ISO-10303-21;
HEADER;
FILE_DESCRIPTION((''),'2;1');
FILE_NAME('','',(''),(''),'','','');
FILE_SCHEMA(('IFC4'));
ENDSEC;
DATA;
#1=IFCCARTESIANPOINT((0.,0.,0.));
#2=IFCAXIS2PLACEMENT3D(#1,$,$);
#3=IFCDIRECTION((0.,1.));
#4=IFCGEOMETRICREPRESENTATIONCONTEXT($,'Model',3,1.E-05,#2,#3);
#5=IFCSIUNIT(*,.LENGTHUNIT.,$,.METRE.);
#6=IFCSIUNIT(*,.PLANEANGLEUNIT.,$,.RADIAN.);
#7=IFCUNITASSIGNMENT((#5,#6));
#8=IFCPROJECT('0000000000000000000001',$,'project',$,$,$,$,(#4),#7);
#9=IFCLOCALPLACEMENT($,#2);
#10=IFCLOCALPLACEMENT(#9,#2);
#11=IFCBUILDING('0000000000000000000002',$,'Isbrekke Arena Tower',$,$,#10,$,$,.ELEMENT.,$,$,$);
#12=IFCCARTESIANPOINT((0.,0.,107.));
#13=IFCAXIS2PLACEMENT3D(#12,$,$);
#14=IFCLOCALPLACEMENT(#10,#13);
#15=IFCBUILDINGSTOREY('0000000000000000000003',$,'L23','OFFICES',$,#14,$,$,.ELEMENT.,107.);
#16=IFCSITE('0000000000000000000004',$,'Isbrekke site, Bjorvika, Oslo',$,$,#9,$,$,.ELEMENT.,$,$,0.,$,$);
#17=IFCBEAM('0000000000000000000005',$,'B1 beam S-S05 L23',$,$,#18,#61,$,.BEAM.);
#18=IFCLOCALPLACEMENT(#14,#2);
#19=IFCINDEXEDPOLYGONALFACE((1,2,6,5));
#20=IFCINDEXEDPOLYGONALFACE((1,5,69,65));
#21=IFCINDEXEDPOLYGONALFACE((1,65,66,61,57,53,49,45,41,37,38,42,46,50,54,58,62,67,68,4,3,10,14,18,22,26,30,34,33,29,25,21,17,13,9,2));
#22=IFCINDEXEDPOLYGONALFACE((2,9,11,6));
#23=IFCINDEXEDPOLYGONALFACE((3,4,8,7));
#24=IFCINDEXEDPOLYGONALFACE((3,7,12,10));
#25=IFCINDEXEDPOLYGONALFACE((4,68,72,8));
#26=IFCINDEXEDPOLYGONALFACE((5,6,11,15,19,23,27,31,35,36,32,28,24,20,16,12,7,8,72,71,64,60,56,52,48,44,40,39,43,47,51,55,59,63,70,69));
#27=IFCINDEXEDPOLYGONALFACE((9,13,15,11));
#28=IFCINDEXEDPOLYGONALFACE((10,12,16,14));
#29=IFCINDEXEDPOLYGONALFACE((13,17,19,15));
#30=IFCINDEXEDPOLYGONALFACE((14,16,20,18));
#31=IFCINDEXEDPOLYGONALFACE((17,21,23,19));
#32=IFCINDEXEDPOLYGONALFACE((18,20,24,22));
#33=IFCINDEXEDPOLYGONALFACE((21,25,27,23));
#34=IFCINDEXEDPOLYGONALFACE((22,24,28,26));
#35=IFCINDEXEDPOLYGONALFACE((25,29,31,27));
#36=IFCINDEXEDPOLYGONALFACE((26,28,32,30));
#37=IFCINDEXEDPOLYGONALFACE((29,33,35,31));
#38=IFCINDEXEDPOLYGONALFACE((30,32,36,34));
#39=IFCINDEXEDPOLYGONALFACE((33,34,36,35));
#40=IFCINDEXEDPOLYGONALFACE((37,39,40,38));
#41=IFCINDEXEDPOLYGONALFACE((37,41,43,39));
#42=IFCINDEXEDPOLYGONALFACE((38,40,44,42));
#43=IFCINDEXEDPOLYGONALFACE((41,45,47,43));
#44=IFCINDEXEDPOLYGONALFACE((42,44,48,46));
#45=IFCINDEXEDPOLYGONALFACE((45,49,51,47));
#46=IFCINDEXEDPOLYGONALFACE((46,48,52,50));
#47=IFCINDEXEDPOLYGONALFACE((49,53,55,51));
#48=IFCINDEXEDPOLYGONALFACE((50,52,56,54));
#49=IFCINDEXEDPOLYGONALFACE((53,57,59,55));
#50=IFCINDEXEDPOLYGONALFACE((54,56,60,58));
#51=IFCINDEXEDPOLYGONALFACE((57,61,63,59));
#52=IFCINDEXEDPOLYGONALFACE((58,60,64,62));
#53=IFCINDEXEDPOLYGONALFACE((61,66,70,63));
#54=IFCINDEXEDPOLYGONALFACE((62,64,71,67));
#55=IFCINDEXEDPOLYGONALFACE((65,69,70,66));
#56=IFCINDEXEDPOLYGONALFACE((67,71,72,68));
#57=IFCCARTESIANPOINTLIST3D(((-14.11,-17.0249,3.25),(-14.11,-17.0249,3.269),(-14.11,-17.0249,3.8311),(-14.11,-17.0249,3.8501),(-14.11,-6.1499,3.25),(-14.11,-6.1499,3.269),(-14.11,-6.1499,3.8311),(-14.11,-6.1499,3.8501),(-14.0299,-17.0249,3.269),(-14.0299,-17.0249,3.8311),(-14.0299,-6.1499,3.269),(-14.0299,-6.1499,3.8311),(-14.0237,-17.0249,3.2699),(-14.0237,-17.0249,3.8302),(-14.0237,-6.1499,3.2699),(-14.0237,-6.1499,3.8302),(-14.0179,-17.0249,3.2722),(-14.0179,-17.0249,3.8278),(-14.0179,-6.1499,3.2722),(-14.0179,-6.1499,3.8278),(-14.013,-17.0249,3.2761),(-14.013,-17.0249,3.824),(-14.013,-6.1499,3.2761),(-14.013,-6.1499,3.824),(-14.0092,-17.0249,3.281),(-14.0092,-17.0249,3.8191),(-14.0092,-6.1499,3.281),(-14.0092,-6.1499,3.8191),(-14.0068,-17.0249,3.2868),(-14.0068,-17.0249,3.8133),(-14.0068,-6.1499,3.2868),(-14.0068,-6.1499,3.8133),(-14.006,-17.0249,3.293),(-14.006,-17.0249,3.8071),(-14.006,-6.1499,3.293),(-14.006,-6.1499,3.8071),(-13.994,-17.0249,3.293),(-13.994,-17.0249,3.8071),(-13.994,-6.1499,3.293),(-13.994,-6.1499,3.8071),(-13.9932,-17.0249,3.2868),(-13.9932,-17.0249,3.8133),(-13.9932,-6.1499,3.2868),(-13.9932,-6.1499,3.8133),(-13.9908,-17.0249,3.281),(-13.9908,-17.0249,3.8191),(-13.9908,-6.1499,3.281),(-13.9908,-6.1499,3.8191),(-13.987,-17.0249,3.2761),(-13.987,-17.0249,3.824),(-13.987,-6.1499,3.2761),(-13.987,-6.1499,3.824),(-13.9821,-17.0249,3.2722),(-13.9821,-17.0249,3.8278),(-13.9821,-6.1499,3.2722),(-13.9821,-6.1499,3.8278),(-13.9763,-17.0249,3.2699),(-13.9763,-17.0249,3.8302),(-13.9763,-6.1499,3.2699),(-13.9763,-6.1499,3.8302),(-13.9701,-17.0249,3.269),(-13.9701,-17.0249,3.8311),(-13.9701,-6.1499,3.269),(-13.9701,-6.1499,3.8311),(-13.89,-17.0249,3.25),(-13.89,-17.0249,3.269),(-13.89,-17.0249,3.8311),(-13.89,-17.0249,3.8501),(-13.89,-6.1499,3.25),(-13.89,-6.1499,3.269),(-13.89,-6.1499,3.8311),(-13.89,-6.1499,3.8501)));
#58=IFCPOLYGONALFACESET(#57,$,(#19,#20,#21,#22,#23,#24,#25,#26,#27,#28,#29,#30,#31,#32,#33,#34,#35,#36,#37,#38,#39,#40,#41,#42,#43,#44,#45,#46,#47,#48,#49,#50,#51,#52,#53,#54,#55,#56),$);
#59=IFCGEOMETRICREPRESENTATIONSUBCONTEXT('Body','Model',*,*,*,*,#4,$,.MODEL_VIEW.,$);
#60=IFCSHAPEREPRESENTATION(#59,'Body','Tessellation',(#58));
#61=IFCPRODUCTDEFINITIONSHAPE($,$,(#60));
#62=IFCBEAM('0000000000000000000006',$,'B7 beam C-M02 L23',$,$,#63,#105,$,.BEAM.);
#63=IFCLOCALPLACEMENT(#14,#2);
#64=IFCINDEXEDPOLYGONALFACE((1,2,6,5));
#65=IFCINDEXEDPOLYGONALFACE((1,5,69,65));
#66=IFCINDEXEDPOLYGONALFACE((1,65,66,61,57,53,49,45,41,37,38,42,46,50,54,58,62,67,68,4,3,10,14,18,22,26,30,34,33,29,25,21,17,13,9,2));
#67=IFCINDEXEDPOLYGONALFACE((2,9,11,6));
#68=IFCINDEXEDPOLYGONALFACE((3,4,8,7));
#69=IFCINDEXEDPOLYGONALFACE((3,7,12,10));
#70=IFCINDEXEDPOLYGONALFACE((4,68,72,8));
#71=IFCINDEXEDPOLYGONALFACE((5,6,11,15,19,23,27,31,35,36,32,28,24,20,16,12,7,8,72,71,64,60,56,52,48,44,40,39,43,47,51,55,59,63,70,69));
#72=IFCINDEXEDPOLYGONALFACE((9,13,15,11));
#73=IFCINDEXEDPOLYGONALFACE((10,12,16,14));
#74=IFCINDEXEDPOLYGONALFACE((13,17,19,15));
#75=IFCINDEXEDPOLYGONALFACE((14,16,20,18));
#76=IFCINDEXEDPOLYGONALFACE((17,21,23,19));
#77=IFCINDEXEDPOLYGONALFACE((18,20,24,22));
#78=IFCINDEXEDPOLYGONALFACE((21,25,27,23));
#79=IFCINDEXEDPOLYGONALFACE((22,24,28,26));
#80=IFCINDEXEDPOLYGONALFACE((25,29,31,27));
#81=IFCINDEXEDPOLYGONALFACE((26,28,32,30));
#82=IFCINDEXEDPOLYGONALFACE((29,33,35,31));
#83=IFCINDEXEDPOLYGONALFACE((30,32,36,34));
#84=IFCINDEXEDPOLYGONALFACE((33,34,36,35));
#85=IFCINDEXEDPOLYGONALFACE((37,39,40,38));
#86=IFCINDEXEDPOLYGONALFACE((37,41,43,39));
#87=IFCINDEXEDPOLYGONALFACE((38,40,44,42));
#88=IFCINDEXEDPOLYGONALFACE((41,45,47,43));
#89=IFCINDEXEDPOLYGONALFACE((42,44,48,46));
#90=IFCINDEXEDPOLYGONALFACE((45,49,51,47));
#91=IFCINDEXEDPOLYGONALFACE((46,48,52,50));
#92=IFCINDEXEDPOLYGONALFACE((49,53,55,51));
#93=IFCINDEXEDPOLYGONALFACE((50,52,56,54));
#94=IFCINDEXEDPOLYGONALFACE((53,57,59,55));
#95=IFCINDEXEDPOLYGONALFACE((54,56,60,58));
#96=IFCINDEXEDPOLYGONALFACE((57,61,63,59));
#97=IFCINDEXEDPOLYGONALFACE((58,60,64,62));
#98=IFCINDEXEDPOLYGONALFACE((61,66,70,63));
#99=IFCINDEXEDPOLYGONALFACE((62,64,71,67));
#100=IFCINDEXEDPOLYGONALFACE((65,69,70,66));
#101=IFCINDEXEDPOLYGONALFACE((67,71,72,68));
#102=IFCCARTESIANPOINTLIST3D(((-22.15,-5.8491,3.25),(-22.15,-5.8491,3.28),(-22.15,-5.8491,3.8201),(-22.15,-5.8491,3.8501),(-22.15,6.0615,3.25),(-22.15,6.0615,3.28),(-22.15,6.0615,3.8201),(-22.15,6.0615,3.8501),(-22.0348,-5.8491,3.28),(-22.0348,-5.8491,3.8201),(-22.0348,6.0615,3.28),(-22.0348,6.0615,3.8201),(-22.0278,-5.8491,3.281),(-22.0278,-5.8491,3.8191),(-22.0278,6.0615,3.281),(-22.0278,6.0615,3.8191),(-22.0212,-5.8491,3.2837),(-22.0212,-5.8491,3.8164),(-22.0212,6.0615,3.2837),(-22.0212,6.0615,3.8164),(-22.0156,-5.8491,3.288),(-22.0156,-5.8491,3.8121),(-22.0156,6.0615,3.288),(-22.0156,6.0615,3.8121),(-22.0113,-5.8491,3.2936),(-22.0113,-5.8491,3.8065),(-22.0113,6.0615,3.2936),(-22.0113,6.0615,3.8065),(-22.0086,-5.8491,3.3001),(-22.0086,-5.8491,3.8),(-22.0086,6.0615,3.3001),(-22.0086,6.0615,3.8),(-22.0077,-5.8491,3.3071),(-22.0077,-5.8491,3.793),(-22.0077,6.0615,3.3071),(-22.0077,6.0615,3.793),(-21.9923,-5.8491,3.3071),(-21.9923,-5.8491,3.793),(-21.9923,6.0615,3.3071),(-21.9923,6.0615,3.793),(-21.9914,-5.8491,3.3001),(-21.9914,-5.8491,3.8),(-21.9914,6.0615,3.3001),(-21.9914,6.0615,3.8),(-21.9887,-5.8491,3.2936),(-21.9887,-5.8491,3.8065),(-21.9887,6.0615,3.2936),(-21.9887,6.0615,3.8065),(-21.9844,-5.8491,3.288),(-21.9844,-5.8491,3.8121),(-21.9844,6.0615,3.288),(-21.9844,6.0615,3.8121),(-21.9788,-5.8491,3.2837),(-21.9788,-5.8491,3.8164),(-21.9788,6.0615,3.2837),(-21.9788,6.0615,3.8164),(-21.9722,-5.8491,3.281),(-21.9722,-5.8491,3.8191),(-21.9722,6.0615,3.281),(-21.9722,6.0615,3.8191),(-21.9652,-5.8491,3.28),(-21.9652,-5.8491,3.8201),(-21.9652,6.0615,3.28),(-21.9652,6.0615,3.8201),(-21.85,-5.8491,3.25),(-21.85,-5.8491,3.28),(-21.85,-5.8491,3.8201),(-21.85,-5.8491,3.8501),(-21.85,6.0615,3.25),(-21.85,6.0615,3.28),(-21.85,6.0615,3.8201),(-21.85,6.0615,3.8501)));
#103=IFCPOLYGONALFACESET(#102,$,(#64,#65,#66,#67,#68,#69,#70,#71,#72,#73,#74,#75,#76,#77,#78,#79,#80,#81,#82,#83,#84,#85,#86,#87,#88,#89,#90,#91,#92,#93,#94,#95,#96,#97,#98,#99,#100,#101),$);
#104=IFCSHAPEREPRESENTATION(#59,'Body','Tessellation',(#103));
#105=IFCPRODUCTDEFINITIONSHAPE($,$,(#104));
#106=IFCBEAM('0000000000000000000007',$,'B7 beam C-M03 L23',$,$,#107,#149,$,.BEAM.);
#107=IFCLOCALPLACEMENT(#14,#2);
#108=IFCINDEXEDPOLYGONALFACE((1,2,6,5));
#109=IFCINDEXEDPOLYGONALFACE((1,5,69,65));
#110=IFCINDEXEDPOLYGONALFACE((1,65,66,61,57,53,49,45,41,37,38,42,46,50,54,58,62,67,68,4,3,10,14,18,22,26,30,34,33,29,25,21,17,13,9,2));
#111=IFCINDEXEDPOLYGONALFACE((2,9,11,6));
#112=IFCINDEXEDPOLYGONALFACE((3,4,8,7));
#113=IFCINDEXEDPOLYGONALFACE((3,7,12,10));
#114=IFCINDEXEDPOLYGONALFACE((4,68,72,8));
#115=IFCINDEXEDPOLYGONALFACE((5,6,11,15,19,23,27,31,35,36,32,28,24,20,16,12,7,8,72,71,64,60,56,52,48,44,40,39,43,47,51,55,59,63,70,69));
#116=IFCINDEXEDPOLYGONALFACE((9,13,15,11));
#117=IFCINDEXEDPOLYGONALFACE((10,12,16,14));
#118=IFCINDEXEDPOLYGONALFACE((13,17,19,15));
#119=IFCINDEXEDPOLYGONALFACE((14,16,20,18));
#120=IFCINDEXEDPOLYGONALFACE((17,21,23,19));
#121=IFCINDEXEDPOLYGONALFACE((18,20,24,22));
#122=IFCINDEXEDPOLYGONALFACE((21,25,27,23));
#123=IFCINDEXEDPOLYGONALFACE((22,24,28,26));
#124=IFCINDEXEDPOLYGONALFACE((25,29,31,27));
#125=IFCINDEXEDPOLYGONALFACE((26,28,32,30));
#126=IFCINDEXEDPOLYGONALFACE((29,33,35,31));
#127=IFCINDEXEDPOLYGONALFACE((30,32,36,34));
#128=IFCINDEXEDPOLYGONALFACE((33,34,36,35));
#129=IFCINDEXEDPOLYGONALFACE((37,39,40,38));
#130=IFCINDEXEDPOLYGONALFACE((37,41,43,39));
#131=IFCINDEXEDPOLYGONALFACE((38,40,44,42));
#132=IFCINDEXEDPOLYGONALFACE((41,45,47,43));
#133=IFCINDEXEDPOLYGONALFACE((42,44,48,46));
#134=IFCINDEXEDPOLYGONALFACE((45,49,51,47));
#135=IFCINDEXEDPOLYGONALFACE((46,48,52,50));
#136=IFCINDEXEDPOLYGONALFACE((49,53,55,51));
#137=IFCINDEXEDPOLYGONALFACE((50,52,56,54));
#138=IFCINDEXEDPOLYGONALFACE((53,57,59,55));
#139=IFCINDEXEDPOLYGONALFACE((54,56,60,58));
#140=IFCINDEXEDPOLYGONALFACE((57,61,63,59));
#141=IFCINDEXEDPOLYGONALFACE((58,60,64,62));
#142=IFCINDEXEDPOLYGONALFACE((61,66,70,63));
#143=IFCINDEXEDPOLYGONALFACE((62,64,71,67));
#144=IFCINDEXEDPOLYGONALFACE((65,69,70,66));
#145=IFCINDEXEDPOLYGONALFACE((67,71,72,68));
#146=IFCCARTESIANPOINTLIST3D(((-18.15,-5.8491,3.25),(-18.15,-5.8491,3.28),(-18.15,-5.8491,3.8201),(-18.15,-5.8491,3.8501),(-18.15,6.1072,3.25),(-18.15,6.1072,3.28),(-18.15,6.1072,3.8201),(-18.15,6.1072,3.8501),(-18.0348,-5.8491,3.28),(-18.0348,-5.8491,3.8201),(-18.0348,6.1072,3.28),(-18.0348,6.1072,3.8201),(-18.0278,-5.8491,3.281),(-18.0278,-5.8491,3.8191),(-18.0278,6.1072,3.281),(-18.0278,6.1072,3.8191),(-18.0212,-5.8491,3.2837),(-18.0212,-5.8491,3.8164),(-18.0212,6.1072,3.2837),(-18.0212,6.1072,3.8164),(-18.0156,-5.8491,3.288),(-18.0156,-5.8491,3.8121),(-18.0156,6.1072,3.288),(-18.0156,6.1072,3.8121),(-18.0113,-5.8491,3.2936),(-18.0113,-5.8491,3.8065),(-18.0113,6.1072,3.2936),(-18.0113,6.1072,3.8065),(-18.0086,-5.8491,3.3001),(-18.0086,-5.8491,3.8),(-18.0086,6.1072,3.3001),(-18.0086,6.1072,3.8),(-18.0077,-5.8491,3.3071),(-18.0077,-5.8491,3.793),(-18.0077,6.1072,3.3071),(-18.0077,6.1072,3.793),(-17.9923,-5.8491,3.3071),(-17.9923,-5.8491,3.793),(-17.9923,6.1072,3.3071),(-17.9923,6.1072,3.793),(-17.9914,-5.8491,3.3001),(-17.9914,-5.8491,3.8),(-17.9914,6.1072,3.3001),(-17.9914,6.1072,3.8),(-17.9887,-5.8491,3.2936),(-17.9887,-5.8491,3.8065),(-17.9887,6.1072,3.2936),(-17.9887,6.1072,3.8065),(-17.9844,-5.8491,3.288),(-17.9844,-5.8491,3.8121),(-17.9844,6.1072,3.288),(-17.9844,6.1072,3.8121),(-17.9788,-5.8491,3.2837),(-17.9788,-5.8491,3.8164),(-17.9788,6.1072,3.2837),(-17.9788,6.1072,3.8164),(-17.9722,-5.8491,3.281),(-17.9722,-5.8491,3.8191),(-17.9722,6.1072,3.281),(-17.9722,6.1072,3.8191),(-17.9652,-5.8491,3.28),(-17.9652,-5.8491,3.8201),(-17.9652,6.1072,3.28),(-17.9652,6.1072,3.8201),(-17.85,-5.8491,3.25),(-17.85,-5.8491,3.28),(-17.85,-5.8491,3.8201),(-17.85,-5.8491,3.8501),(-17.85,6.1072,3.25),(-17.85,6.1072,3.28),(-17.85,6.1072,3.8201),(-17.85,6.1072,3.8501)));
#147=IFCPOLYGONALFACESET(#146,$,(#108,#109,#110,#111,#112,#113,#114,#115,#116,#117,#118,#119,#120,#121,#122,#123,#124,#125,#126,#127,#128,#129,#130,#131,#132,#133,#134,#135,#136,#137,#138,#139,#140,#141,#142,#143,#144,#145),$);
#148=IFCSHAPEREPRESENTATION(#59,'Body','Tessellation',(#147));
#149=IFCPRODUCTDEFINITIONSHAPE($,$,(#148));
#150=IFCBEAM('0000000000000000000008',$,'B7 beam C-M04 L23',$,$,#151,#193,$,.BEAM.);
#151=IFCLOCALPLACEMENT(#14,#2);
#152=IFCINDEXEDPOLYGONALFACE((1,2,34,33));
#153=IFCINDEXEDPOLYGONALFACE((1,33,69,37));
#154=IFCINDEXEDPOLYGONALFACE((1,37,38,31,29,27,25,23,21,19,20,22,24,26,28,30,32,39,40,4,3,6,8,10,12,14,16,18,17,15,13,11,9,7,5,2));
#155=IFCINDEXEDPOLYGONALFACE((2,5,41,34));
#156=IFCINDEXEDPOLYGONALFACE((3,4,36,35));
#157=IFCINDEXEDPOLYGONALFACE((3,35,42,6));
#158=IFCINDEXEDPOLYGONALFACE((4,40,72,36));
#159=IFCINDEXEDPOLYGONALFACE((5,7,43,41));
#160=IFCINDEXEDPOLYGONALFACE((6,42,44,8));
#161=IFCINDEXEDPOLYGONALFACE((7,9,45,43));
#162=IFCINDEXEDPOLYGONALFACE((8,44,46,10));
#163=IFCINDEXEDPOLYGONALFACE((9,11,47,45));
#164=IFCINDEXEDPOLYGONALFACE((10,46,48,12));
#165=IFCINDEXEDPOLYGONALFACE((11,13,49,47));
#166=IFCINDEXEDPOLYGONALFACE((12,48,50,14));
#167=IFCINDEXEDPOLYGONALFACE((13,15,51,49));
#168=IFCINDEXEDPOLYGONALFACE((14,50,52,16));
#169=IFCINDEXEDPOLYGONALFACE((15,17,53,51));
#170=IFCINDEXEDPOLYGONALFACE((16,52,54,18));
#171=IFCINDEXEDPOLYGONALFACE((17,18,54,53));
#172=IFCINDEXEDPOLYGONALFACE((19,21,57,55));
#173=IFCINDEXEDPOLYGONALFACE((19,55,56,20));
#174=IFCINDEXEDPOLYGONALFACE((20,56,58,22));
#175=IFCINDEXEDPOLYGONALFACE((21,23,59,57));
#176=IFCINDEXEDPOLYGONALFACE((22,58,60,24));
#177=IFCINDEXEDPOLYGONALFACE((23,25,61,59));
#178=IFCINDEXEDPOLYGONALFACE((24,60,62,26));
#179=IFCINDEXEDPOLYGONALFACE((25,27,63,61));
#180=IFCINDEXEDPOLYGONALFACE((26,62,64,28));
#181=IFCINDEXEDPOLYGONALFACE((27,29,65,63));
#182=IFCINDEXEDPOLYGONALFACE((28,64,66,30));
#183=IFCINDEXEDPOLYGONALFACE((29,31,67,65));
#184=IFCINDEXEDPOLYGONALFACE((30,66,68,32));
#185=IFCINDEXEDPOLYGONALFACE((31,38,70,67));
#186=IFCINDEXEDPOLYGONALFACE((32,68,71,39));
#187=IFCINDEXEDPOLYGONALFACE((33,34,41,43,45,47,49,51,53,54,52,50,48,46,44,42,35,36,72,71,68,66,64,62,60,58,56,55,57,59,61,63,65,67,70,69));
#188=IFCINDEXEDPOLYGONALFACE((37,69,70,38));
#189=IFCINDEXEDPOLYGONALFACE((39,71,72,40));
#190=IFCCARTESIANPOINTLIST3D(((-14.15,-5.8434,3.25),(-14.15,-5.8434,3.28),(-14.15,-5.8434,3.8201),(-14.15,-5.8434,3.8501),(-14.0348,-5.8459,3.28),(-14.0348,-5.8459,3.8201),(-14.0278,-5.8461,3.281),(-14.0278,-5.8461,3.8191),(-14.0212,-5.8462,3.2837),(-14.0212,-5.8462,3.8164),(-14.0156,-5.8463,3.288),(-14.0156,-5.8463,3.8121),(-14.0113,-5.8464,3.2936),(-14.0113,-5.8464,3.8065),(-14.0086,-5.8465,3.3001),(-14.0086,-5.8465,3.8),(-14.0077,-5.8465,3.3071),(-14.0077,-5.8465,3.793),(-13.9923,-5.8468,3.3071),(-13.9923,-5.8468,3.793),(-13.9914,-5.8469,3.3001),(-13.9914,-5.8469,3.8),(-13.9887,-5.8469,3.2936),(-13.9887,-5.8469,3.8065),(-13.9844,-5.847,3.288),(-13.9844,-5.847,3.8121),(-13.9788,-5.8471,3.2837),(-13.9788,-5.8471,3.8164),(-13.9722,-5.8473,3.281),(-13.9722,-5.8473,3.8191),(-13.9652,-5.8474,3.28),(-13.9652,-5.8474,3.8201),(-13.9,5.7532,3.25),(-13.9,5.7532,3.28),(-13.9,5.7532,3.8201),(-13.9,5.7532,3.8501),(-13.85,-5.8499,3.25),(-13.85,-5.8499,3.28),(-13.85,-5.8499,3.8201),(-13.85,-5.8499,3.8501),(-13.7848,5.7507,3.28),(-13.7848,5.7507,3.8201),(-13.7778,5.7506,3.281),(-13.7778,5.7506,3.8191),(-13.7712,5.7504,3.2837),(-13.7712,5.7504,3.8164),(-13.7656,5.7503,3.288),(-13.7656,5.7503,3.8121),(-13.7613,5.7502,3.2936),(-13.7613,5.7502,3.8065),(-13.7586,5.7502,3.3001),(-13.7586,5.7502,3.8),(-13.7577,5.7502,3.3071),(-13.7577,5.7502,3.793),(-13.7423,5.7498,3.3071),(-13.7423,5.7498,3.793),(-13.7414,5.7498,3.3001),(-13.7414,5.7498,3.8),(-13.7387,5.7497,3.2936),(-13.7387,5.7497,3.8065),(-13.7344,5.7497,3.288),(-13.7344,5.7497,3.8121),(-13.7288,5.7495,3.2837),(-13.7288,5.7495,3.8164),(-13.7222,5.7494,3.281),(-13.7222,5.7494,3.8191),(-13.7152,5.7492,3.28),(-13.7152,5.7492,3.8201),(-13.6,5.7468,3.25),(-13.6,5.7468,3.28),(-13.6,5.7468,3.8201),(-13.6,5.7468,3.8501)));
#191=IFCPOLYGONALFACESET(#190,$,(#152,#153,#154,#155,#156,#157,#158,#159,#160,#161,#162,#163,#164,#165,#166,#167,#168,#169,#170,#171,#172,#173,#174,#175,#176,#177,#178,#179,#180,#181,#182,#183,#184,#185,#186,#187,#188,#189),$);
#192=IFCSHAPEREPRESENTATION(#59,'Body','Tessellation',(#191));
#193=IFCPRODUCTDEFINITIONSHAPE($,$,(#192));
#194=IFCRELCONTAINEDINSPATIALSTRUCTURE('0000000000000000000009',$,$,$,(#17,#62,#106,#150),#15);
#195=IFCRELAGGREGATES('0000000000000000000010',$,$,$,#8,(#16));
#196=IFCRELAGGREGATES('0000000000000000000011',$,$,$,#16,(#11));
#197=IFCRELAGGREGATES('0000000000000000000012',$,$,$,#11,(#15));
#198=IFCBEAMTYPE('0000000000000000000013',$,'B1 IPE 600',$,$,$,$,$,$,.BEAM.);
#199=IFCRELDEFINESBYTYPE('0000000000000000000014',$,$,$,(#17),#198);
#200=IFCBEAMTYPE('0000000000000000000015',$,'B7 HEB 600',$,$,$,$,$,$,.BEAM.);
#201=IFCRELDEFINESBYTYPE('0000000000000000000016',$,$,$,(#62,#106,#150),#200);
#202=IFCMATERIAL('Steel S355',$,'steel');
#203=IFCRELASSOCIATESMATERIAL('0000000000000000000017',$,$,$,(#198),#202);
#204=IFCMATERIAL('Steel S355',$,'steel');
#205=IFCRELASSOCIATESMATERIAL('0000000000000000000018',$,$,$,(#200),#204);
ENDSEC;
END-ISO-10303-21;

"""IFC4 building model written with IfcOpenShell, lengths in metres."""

from ifc_helpers import new_model, si_unit, direction, frame, origin, origin_2d, place, context, subcontext, project, spatial, i_section, extrude, material, material_profile, profile_set, type_object, element, save


model = new_model("IFC4")

# Units and contexts
model_context = context("Model", 3, precision=1e-05, world=origin(), true_north=direction((0.0, 1.0)))
body_context = subcontext(model_context, "Body", "Model", "MODEL_VIEW")
ifc_project = project(units=[si_unit("LENGTHUNIT", "METRE"), si_unit("PLANEANGLEUNIT", "RADIAN")], contexts=[model_context])

# Site, building, storey
site_placement = place(None, origin())
site = spatial("IfcSite", under=ifc_project, at=site_placement, Name="Isbrekke site, Bjorvika, Oslo", CompositionType="ELEMENT", RefElevation=0.0)
building_placement = place(site_placement, origin())
building = spatial("IfcBuilding", under=site, at=building_placement, Name="Isbrekke Arena Tower", CompositionType="ELEMENT")
storey_placement = place(building_placement, frame((0.0, 0.0, 107.0)))
storey = spatial("IfcBuildingStorey", under=building, at=storey_placement, Name="L23", Description="OFFICES", CompositionType="ELEMENT", Elevation=107.0)

# Beams
ifc_material_1 = material(Name="Steel S355", Category="steel")
ifc_material_profile_1 = material_profile(ifc_material_1, i_section(OverallWidth=0.22, OverallDepth=0.6001, WebThickness=0.012, FlangeThickness=0.019, FilletRadius=0.0239, at=origin_2d()), Name="IPE 600")
ifc_profile_set_1 = profile_set([ifc_material_profile_1], Name="Steel S355")
beam_type_1 = type_object("IfcBeamType", Name="B1 IPE 600", PredefinedType="BEAM", material=ifc_profile_set_1)
beam_1_placement = place(storey_placement, frame((-14.0, -17.0249, 3.55), z_axis=(0.0, 1.0, 0.0), x_axis=(-1.0, 0.0, 0.0)))
element("IfcBeam", 1, at=beam_1_placement, inside=storey, type_object=beam_type_1, Name="B1 beam S-S05 L23", PredefinedType="BEAM", context=body_context, shape_type="SweptSolid", body=[
    extrude(i_section(OverallWidth=0.22, OverallDepth=0.6001, WebThickness=0.012, FlangeThickness=0.019, FilletRadius=0.0239, at=origin_2d()), origin(), (0.0, 0.0, 1.0), 10.875),
])
ifc_material_2 = material(Name="Steel S355", Category="steel")
ifc_material_profile_2 = material_profile(ifc_material_2, i_section(OverallWidth=0.3, OverallDepth=0.6001, WebThickness=0.0154, FlangeThickness=0.03, FilletRadius=0.0271, at=origin_2d()), Name="HEB 600")
ifc_profile_set_2 = profile_set([ifc_material_profile_2], Name="Steel S355")
beam_type_2 = type_object("IfcBeamType", Name="B7 HEB 600", PredefinedType="BEAM", material=ifc_profile_set_2)
beam_2_placement = place(storey_placement, frame((-22.0, -5.8491, 3.55), z_axis=(0.0, 1.0, 0.0), x_axis=(-1.0, 0.0, 0.0)))
element("IfcBeam", 2, at=beam_2_placement, inside=storey, type_object=beam_type_2, Name="B7 beam C-M02 L23", PredefinedType="BEAM", context=body_context, shape_type="SweptSolid", body=[
    extrude(i_section(OverallWidth=0.3, OverallDepth=0.6001, WebThickness=0.0154, FlangeThickness=0.03, FilletRadius=0.0271, at=origin_2d()), origin(), (0.0, 0.0, 1.0), 11.9106),
])
beam_3_placement = place(storey_placement, frame((-18.0, -5.8491, 3.55), z_axis=(0.0, 1.0, 0.0), x_axis=(-1.0, 0.0, 0.0)))
element("IfcBeam", 3, at=beam_3_placement, inside=storey, type_object=beam_type_2, Name="B7 beam C-M03 L23", PredefinedType="BEAM", context=body_context, shape_type="SweptSolid", body=[
    extrude(i_section(OverallWidth=0.3, OverallDepth=0.6001, WebThickness=0.0154, FlangeThickness=0.03, FilletRadius=0.0271, at=origin_2d()), origin(), (0.0, 0.0, 1.0), 11.9563),
])
beam_4_placement = place(storey_placement, frame((-14.0, -5.8467, 3.55), z_axis=(0.021553, 0.999768, 0.0), x_axis=(-0.999768, 0.021553, 0.0)))
element("IfcBeam", 4, at=beam_4_placement, inside=storey, type_object=beam_type_2, Name="B7 beam C-M04 L23", PredefinedType="BEAM", context=body_context, shape_type="SweptSolid", body=[
    extrude(i_section(OverallWidth=0.3, OverallDepth=0.6001, WebThickness=0.0154, FlangeThickness=0.03, FilletRadius=0.0271, at=origin_2d()), origin(), (0.0, 0.0, 1.0), 11.5994),
])

save(model, "model.ifc")
